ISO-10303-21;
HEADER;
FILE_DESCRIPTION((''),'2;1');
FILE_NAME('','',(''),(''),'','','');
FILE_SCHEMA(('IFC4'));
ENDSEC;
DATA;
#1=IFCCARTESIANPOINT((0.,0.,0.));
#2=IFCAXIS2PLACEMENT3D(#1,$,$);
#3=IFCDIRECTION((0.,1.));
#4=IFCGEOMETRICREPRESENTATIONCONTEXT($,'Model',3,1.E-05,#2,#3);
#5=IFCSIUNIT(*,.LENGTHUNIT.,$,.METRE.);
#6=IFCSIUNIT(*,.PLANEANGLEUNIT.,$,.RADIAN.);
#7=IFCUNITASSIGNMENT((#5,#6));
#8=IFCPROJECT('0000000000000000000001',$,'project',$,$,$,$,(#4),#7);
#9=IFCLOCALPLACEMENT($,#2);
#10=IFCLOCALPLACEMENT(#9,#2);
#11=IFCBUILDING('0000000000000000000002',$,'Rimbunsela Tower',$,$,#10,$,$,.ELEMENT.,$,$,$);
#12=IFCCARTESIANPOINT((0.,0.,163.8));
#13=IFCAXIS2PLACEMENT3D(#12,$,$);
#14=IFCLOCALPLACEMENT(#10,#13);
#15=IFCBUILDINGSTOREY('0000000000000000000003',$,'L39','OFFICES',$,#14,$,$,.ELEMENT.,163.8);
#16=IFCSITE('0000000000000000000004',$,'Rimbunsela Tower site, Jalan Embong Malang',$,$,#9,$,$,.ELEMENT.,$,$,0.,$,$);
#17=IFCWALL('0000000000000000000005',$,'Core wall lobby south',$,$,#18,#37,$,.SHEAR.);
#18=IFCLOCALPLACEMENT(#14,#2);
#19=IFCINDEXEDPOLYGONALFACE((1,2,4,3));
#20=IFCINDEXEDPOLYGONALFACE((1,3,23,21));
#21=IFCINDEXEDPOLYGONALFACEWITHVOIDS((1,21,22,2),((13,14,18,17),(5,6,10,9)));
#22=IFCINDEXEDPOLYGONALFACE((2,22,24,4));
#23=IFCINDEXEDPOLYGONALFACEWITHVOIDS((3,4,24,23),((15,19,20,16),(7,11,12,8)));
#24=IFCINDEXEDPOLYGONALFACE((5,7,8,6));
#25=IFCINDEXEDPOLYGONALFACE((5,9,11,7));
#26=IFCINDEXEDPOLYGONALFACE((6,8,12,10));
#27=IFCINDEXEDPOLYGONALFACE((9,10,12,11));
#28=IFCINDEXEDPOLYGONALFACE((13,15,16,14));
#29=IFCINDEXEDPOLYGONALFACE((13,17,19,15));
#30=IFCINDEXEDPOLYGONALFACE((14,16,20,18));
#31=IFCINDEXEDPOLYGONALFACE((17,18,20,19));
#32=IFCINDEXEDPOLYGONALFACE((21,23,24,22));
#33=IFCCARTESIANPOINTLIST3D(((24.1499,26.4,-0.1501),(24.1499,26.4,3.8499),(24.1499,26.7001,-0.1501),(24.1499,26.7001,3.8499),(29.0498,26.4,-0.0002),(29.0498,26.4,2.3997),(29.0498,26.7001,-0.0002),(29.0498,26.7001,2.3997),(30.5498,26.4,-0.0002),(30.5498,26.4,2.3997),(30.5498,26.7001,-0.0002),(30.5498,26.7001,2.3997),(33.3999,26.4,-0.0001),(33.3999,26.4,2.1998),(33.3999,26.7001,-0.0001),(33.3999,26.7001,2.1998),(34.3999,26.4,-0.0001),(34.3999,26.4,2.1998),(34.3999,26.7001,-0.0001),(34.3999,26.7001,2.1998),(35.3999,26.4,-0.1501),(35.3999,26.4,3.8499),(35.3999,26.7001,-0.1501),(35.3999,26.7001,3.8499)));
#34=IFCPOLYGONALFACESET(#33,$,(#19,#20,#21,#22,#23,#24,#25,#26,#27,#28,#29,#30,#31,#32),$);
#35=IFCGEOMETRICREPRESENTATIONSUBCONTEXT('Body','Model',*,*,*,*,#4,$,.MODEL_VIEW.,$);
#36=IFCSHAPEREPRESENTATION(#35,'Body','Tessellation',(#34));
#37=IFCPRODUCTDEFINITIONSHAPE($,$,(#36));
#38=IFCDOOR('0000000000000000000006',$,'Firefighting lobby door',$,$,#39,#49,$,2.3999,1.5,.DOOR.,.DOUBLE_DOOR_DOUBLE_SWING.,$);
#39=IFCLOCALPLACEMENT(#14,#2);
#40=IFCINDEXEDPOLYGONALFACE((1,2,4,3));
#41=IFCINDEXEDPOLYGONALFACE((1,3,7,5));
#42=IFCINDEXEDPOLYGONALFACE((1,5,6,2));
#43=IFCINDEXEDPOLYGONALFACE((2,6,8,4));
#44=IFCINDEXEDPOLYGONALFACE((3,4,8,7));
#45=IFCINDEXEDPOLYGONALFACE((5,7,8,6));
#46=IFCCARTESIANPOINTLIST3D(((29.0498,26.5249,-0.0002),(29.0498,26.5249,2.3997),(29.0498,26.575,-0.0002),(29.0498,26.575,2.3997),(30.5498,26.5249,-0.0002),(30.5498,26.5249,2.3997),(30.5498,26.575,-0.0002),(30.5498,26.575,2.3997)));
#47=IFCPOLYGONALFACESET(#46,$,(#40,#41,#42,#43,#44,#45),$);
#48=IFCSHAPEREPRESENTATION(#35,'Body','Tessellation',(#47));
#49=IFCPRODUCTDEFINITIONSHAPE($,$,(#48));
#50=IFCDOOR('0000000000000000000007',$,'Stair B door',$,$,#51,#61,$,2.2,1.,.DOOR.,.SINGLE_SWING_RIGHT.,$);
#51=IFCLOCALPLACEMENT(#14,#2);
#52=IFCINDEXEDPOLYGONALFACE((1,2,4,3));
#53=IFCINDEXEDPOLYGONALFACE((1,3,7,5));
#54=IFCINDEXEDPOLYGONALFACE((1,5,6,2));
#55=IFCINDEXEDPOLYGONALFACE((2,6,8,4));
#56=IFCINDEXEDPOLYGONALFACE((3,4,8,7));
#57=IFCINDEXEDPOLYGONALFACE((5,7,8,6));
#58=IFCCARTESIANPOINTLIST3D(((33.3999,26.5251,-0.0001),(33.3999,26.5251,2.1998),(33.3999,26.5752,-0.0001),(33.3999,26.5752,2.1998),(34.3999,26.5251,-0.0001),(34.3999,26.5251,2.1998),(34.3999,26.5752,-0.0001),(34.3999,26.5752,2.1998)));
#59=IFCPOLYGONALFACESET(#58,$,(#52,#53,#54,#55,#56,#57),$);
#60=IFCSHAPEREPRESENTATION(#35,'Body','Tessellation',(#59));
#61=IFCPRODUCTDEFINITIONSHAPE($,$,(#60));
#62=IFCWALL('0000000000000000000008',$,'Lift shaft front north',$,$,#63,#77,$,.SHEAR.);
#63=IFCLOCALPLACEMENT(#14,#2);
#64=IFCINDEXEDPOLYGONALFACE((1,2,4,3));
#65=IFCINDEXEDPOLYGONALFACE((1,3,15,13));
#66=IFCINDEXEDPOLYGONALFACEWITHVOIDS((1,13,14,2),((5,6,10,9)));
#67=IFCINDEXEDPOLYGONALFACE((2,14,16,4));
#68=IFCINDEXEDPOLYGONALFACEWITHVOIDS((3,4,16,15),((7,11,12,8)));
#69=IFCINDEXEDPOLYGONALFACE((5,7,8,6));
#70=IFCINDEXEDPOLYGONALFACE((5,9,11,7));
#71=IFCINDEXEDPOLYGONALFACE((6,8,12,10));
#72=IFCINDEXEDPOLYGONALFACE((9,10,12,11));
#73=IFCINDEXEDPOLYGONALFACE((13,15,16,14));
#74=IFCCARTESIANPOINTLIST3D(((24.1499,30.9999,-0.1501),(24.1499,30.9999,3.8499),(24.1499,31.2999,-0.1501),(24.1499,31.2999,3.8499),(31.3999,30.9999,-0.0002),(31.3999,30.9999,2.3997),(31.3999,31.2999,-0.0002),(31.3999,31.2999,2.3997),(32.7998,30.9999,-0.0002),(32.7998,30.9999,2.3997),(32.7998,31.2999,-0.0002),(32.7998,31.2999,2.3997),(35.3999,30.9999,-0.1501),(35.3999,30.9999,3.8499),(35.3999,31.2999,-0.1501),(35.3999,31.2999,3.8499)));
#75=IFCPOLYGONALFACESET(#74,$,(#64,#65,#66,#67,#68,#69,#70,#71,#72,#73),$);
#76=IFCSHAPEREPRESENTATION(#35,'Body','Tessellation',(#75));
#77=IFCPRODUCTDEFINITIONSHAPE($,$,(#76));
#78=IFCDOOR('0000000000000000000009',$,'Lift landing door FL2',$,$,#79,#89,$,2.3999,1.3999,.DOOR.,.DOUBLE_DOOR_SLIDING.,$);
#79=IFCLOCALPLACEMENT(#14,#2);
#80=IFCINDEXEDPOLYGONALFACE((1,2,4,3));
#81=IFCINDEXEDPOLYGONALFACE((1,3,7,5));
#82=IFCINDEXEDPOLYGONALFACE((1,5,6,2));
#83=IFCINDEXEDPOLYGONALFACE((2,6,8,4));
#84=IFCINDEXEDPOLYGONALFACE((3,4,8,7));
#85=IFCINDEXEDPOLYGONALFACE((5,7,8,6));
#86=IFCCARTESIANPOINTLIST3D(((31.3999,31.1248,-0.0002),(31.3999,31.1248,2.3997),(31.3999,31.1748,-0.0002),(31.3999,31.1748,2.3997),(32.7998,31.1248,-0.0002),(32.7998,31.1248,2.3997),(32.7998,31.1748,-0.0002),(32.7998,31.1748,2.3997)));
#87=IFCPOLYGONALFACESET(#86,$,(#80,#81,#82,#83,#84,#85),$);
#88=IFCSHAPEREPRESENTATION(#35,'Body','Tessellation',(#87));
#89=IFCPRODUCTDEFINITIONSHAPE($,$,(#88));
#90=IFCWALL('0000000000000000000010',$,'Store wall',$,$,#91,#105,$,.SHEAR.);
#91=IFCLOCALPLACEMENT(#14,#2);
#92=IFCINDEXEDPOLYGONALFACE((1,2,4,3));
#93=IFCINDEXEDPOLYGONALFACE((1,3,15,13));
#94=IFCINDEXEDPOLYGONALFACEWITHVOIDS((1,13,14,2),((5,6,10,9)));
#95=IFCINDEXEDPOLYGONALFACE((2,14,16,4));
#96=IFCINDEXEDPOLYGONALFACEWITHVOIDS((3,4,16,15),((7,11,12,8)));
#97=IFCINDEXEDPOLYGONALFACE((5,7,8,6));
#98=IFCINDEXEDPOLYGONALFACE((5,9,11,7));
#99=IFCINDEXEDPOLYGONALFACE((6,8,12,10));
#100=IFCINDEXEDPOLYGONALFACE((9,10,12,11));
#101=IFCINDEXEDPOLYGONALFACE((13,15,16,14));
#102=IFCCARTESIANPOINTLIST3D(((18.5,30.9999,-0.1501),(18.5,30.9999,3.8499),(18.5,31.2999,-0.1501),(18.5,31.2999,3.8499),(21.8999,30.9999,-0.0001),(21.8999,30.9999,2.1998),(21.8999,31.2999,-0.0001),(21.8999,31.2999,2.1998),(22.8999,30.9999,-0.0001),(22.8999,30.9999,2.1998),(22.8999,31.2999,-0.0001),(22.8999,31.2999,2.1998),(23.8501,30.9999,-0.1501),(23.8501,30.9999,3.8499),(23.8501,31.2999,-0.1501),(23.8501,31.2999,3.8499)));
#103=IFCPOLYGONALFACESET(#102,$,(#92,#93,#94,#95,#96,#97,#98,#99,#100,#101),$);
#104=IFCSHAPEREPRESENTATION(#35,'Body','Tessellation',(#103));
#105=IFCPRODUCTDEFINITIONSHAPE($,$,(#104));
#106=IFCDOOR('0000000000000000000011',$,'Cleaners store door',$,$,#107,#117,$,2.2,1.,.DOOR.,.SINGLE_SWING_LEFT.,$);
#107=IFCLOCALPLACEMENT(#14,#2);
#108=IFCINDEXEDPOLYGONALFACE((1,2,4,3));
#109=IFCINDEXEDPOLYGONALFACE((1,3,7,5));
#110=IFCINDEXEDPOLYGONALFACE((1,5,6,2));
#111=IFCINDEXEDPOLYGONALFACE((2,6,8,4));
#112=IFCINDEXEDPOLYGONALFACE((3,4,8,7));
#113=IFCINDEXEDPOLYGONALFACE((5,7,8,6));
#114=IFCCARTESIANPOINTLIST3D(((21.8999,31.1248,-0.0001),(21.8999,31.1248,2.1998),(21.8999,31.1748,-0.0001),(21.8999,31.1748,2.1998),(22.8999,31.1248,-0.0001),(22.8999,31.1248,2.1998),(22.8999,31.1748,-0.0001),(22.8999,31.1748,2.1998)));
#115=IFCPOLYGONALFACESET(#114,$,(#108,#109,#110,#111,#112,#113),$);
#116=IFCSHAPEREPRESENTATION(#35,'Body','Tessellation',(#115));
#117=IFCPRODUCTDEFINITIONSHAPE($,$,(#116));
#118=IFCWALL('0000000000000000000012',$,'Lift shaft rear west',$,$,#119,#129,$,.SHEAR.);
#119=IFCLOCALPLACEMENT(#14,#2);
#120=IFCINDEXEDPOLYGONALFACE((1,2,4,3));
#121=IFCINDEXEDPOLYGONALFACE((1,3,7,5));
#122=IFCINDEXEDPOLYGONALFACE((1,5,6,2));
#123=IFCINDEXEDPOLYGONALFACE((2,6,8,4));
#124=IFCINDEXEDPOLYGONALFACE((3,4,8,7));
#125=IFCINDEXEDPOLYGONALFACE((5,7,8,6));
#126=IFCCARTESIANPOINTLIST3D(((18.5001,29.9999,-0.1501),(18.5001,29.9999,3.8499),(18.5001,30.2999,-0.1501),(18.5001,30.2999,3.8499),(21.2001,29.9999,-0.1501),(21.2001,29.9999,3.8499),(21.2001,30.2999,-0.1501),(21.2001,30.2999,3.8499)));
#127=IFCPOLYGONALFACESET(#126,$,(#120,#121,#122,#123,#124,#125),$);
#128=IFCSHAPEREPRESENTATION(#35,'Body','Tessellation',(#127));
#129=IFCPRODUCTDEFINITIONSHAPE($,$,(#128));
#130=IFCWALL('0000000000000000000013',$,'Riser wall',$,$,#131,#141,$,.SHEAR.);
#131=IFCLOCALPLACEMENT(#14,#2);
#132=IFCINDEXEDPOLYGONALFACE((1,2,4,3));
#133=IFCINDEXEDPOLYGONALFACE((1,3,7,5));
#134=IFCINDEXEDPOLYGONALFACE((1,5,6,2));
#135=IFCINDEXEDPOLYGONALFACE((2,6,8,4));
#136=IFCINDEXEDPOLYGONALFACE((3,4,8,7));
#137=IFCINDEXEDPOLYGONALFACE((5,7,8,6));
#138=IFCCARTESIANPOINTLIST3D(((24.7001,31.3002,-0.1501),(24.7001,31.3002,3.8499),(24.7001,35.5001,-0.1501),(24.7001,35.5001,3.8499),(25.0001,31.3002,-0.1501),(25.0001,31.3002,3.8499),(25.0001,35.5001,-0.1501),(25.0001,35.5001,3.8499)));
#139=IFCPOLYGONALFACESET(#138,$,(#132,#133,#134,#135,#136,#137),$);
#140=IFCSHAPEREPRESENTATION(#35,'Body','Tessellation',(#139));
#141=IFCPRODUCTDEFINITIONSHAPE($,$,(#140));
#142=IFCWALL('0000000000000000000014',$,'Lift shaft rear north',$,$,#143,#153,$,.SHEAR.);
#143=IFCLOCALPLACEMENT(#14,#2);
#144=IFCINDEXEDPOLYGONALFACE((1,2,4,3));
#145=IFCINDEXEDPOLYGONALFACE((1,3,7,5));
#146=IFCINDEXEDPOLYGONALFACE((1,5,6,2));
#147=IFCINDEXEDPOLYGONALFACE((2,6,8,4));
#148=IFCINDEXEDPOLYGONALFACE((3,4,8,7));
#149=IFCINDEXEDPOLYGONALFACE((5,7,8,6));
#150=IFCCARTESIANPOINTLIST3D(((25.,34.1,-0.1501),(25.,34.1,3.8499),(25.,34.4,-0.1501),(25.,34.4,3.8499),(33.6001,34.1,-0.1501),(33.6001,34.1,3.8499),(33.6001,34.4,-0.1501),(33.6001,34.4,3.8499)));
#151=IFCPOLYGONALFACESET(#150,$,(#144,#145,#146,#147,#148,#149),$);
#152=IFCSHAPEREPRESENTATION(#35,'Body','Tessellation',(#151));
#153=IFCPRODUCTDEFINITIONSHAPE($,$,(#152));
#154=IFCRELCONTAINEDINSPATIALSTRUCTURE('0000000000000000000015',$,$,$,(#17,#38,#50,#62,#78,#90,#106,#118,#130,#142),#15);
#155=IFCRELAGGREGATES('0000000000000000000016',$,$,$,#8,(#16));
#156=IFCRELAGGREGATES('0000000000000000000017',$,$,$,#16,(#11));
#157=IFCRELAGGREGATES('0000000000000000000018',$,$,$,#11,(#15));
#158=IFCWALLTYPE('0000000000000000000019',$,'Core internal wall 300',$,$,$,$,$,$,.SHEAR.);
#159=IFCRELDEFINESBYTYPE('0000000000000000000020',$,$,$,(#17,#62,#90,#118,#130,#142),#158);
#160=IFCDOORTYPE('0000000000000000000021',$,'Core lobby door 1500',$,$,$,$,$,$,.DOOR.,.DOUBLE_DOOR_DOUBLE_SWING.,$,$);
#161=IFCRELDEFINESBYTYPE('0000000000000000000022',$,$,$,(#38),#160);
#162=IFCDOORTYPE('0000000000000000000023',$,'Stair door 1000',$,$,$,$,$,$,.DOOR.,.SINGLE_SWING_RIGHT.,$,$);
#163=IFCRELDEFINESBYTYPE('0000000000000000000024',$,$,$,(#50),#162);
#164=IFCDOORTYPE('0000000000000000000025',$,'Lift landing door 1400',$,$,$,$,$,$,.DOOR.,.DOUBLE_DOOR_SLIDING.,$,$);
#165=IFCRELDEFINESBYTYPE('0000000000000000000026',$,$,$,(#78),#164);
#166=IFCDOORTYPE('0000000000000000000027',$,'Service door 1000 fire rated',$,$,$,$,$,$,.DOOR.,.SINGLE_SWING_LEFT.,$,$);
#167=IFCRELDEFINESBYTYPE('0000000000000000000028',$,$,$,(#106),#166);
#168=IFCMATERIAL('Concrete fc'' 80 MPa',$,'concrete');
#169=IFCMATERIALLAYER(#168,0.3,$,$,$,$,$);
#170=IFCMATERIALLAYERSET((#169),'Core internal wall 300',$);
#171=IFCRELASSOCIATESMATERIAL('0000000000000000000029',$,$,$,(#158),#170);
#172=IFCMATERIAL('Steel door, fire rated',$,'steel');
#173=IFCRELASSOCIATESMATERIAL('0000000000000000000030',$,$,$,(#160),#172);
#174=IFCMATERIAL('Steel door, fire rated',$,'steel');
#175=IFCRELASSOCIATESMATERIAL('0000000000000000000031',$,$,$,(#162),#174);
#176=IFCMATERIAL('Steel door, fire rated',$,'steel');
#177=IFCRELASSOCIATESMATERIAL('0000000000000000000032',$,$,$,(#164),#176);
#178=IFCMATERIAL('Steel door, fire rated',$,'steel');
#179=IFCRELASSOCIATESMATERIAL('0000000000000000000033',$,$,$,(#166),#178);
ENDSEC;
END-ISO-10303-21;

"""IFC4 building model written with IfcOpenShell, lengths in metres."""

from ifc_helpers import new_model, si_unit, direction, frame, frame_2d, origin, place, context, subcontext, project, spatial, rectangle, extrude, material, layer, layer_set, type_object, element, fill, save


model = new_model("IFC4")

# Units and contexts
model_context = context("Model", 3, precision=1e-05, world=origin(), true_north=direction((0.0, 1.0)))
body_context = subcontext(model_context, "Body", "Model", "MODEL_VIEW")
ifc_project = project(units=[si_unit("LENGTHUNIT", "METRE"), si_unit("PLANEANGLEUNIT", "RADIAN")], contexts=[model_context])

# Site, building, storey
site_placement = place(None, origin())
site = spatial("IfcSite", under=ifc_project, at=site_placement, Name="Rimbunsela Tower site, Jalan Embong Malang", CompositionType="ELEMENT", RefElevation=0.0)
building_placement = place(site_placement, origin())
building = spatial("IfcBuilding", under=site, at=building_placement, Name="Rimbunsela Tower", CompositionType="ELEMENT")
storey_placement = place(building_placement, frame((0.0, 0.0, 163.8)))
storey = spatial("IfcBuildingStorey", under=building, at=storey_placement, Name="L39", Description="OFFICES", CompositionType="ELEMENT", Elevation=163.8)

# Wall, openings, doors
ifc_material_1 = material(Name="Concrete fc' 80 MPa", Category="concrete")
ifc_layer_1 = layer(ifc_material_1, 0.3)
ifc_layer_set_1 = layer_set([ifc_layer_1], Name="Core internal wall 300")
wall_type_1 = type_object("IfcWallType", Name="Core internal wall 300", PredefinedType="SHEAR", material=ifc_layer_set_1)
wall_1_placement = place(storey_placement, frame((24.1499, 26.55, -0.1501), z_axis=(0.0, 0.0, 1.0), x_axis=(1.0, 0.0, 0.0)))
wall_1 = element("IfcWall", 1, at=wall_1_placement, inside=storey, type_object=wall_type_1, Name="Core wall lobby south", PredefinedType="SHEAR", context=body_context, shape_type="SweptSolid", body=[
    extrude(rectangle(XDim=11.25, YDim=0.3, at=frame_2d((5.625, 0.0))), origin(), (0.0, 0.0, 1.0), 4.0),
])
opening_1_placement = place(wall_1_placement, frame((9.25, 0.0, 0.1499)))
opening_1 = element("IfcOpeningElement", 2, at=opening_1_placement, cuts=wall_1, PredefinedType="OPENING", context=body_context, shape_type="SweptSolid", body=[
    extrude(rectangle(XDim=1.0, YDim=2.2, at=frame_2d((0.5, 1.1001))), frame((0.0, 0.1599, 0.0), z_axis=(0.0, -1.0, 0.0), x_axis=(1.0, 0.0, 0.0)), (0.0, 0.0, 1.0), 0.3201),
])
opening_2_placement = place(wall_1_placement, frame((4.8999, 0.0, 0.1499)))
opening_2 = element("IfcOpeningElement", 3, at=opening_2_placement, cuts=wall_1, PredefinedType="OPENING", context=body_context, shape_type="SweptSolid", body=[
    extrude(rectangle(XDim=1.5, YDim=2.3999, at=frame_2d((0.75, 1.2))), frame((0.0, 0.1599, 0.0), z_axis=(0.0, -1.0, 0.0), x_axis=(1.0, 0.0, 0.0)), (0.0, 0.0, 1.0), 0.3201),
])
ifc_material_2 = material(Name="Steel door, fire rated", Category="steel")
door_type_1 = type_object("IfcDoorType", Name="Core lobby door 1500", OperationType="DOUBLE_DOOR_DOUBLE_SWING", PredefinedType="DOOR", material=ifc_material_2)
door_1_placement = place(opening_2_placement, origin())
door_1 = element("IfcDoor", 4, at=door_1_placement, inside=storey, type_object=door_type_1, Name="Firefighting lobby door", OperationType="DOUBLE_DOOR_DOUBLE_SWING", OverallHeight=2.3999, OverallWidth=1.5, PredefinedType="DOOR", context=body_context, shape_type="SweptSolid", body=[
    extrude(rectangle(XDim=1.5, YDim=2.3999, at=frame_2d((0.75, 1.2))), frame((0.0, 0.0249, 0.0), z_axis=(0.0, -1.0, 0.0), x_axis=(1.0, 0.0, 0.0)), (0.0, 0.0, 1.0), 0.05),
])
fill(opening_2, door_1)
ifc_material_3 = material(Name="Steel door, fire rated", Category="steel")
door_type_2 = type_object("IfcDoorType", Name="Stair door 1000", OperationType="SINGLE_SWING_RIGHT", PredefinedType="DOOR", material=ifc_material_3)
door_2_placement = place(opening_1_placement, frame((1.0, 0.0, 0.0), z_axis=(0.0, 0.0, 1.0), x_axis=(-1.0, 0.0, 0.0)))
door_2 = element("IfcDoor", 5, at=door_2_placement, inside=storey, type_object=door_type_2, Name="Stair B door", OperationType="SINGLE_SWING_RIGHT", OverallHeight=2.2, OverallWidth=1.0, PredefinedType="DOOR", context=body_context, shape_type="SweptSolid", body=[
    extrude(rectangle(XDim=1.0, YDim=2.2, at=frame_2d((0.5, 1.1001))), frame((0.0, 0.0249, 0.0), z_axis=(0.0, -1.0, 0.0), x_axis=(1.0, 0.0, 0.0)), (0.0, 0.0, 1.0), 0.05),
])
fill(opening_1, door_2)

# Walls, openings, doors
wall_2_placement = place(storey_placement, frame((24.1499, 31.1499, -0.1501), z_axis=(0.0, 0.0, 1.0), x_axis=(1.0, 0.0, 0.0)))
wall_2 = element("IfcWall", 6, at=wall_2_placement, inside=storey, type_object=wall_type_1, Name="Lift shaft front north", PredefinedType="SHEAR", context=body_context, shape_type="SweptSolid", body=[
    extrude(rectangle(XDim=11.25, YDim=0.3, at=frame_2d((5.625, 0.0))), origin(), (0.0, 0.0, 1.0), 4.0),
])
opening_3_placement = place(wall_2_placement, frame((7.25, 0.0, 0.1499)))
opening_3 = element("IfcOpeningElement", 7, at=opening_3_placement, cuts=wall_2, PredefinedType="OPENING", context=body_context, shape_type="SweptSolid", body=[
    extrude(rectangle(XDim=1.3999, YDim=2.3999, at=frame_2d((0.7, 1.2))), frame((0.0, 0.1599, 0.0), z_axis=(0.0, -1.0, 0.0), x_axis=(1.0, 0.0, 0.0)), (0.0, 0.0, 1.0), 0.3201),
])
ifc_material_4 = material(Name="Steel door, fire rated", Category="steel")
door_type_3 = type_object("IfcDoorType", Name="Lift landing door 1400", OperationType="DOUBLE_DOOR_SLIDING", PredefinedType="DOOR", material=ifc_material_4)
door_3_placement = place(opening_3_placement, origin())
door_3 = element("IfcDoor", 8, at=door_3_placement, inside=storey, type_object=door_type_3, Name="Lift landing door FL2", OperationType="DOUBLE_DOOR_SLIDING", OverallHeight=2.3999, OverallWidth=1.3999, PredefinedType="DOOR", context=body_context, shape_type="SweptSolid", body=[
    extrude(rectangle(XDim=1.3999, YDim=2.3999, at=frame_2d((0.7, 1.2))), frame((0.0, 0.0249, 0.0), z_axis=(0.0, -1.0, 0.0), x_axis=(1.0, 0.0, 0.0)), (0.0, 0.0, 1.0), 0.05),
])
fill(opening_3, door_3)
wall_3_placement = place(storey_placement, frame((18.5, 31.1499, -0.1501), z_axis=(0.0, 0.0, 1.0), x_axis=(1.0, 0.0, 0.0)))
wall_3 = element("IfcWall", 9, at=wall_3_placement, inside=storey, type_object=wall_type_1, Name="Store wall", PredefinedType="SHEAR", context=body_context, shape_type="SweptSolid", body=[
    extrude(rectangle(XDim=5.3501, YDim=0.3, at=frame_2d((2.675, 0.0))), origin(), (0.0, 0.0, 1.0), 4.0),
])
opening_4_placement = place(wall_3_placement, frame((3.3999, 0.0, 0.1499)))
opening_4 = element("IfcOpeningElement", 10, at=opening_4_placement, cuts=wall_3, PredefinedType="OPENING", context=body_context, shape_type="SweptSolid", body=[
    extrude(rectangle(XDim=1.0, YDim=2.2, at=frame_2d((0.5, 1.1001))), frame((0.0, 0.1599, 0.0), z_axis=(0.0, -1.0, 0.0), x_axis=(1.0, 0.0, 0.0)), (0.0, 0.0, 1.0), 0.3201),
])
ifc_material_5 = material(Name="Steel door, fire rated", Category="steel")
door_type_4 = type_object("IfcDoorType", Name="Service door 1000 fire rated", OperationType="SINGLE_SWING_LEFT", PredefinedType="DOOR", material=ifc_material_5)
door_4_placement = place(opening_4_placement, origin())
door_4 = element("IfcDoor", 11, at=door_4_placement, inside=storey, type_object=door_type_4, Name="Cleaners store door", OperationType="SINGLE_SWING_LEFT", OverallHeight=2.2, OverallWidth=1.0, PredefinedType="DOOR", context=body_context, shape_type="SweptSolid", body=[
    extrude(rectangle(XDim=1.0, YDim=2.2, at=frame_2d((0.5, 1.1001))), frame((0.0, 0.0249, 0.0), z_axis=(0.0, -1.0, 0.0), x_axis=(1.0, 0.0, 0.0)), (0.0, 0.0, 1.0), 0.05),
])
fill(opening_4, door_4)

# Walls
wall_4_placement = place(storey_placement, frame((18.5, 30.1499, -0.1501), z_axis=(0.0, 0.0, 1.0), x_axis=(1.0, 0.0, 0.0)))
element("IfcWall", 12, at=wall_4_placement, inside=storey, type_object=wall_type_1, Name="Lift shaft rear west", PredefinedType="SHEAR", context=body_context, shape_type="SweptSolid", body=[
    extrude(rectangle(XDim=2.7, YDim=0.3, at=frame_2d((1.3501, 0.0))), origin(), (0.0, 0.0, 1.0), 4.0),
])
wall_5_placement = place(storey_placement, frame((24.8501, 31.3, -0.1501), z_axis=(0.0, 0.0, 1.0), x_axis=(0.0, 1.0, 0.0)))
element("IfcWall", 13, at=wall_5_placement, inside=storey, type_object=wall_type_1, Name="Riser wall", PredefinedType="SHEAR", context=body_context, shape_type="SweptSolid", body=[
    extrude(rectangle(XDim=4.2, YDim=0.3, at=frame_2d((2.1001, 0.0))), origin(), (0.0, 0.0, 1.0), 4.0),
])
wall_6_placement = place(storey_placement, frame((25.0, 34.25, -0.1501), z_axis=(0.0, 0.0, 1.0), x_axis=(1.0, 0.0, 0.0)))
element("IfcWall", 14, at=wall_6_placement, inside=storey, type_object=wall_type_1, Name="Lift shaft rear north", PredefinedType="SHEAR", context=body_context, shape_type="SweptSolid", body=[
    extrude(rectangle(XDim=8.6001, YDim=0.3, at=frame_2d((4.3, 0.0))), origin(), (0.0, 0.0, 1.0), 4.0),
])

save(model, "model.ifc")
